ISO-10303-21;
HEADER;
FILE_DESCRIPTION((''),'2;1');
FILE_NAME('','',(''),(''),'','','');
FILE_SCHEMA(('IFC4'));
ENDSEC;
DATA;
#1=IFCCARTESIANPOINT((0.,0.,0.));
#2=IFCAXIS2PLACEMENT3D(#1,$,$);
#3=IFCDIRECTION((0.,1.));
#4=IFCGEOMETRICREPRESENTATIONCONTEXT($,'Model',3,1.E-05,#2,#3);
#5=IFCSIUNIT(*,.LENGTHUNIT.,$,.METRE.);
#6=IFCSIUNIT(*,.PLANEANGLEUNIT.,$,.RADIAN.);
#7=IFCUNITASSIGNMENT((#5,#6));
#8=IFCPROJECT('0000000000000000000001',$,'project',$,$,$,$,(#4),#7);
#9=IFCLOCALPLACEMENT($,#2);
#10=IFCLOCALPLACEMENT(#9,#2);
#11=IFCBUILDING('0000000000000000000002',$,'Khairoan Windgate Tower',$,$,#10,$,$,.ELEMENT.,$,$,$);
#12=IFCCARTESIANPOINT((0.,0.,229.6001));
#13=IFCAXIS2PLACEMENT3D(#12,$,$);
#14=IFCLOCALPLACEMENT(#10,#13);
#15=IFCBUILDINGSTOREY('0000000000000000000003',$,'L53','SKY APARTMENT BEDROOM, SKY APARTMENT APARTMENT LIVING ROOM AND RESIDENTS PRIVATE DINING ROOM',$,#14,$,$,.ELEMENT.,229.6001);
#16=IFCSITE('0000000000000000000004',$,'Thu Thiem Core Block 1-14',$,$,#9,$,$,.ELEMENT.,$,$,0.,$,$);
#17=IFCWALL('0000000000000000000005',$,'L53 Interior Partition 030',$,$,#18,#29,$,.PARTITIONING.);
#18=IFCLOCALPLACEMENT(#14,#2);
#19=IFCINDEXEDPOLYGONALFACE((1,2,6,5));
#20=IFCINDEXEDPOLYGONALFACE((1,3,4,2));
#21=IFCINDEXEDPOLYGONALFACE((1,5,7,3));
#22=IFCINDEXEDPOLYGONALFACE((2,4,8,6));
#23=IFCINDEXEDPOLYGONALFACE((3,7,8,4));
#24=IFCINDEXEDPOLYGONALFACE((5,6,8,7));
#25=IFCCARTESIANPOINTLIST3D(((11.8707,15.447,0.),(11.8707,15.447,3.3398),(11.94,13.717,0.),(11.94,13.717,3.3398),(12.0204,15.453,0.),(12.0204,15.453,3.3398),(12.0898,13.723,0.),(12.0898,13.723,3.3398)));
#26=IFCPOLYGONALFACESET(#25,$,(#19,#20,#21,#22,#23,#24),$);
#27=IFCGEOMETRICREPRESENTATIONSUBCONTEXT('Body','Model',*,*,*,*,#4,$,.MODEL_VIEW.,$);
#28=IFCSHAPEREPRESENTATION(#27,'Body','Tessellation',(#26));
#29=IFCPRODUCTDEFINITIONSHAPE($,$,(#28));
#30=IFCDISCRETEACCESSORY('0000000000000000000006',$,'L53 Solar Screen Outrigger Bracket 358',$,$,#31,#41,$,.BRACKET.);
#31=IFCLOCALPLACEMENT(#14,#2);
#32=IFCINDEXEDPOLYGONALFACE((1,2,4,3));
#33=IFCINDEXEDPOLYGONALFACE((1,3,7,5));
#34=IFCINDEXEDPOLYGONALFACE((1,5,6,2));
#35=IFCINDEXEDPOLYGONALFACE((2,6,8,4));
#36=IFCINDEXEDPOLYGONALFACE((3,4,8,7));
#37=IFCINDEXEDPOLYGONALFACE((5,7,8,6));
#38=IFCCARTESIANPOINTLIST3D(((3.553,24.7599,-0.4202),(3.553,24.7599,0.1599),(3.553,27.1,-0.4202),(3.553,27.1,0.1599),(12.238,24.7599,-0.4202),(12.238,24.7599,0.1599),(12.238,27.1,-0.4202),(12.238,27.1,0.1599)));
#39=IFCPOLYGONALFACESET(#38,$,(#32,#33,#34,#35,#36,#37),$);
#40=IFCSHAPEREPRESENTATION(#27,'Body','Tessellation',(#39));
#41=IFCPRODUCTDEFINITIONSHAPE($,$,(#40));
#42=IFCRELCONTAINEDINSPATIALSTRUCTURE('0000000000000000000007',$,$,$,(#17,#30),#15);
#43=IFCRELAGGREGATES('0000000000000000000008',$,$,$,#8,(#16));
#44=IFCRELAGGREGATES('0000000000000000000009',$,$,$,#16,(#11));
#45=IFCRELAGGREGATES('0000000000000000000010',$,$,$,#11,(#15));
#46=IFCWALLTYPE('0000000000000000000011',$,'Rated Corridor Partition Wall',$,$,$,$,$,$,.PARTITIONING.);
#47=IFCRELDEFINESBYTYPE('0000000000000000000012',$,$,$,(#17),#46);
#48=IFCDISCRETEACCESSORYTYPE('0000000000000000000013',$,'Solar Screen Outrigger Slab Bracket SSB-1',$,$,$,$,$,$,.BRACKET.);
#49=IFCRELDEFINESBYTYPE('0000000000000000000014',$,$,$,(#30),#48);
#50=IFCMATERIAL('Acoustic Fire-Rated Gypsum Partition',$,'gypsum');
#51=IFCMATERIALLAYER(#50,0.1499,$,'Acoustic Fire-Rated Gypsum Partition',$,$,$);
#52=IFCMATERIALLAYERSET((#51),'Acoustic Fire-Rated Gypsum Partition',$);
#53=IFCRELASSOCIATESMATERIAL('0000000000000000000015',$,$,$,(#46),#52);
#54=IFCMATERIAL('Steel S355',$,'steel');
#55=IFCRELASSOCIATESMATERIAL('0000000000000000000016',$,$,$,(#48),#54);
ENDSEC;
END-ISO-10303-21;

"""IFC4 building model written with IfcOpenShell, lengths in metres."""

from ifc_helpers import new_model, si_unit, direction, frame, frame_2d, origin, origin_2d, place, context, subcontext, project, spatial, rectangle, extrude, material, layer, layer_set, type_object, element, save


model = new_model("IFC4")

# Units and contexts
model_context = context("Model", 3, precision=1e-05, world=origin(), true_north=direction((0.0, 1.0)))
body_context = subcontext(model_context, "Body", "Model", "MODEL_VIEW")
ifc_project = project(units=[si_unit("LENGTHUNIT", "METRE"), si_unit("PLANEANGLEUNIT", "RADIAN")], contexts=[model_context])

# Site, building, storey
site_placement = place(None, origin())
site = spatial("IfcSite", under=ifc_project, at=site_placement, Name="Thu Thiem Core Block 1-14", CompositionType="ELEMENT", RefElevation=0.0)
building_placement = place(site_placement, origin())
building = spatial("IfcBuilding", under=site, at=building_placement, Name="Khairoan Windgate Tower", CompositionType="ELEMENT")
storey_placement = place(building_placement, frame((0.0, 0.0, 229.6001)))
storey = spatial("IfcBuildingStorey", under=building, at=storey_placement, Name="L53", Description="SKY APARTMENT BEDROOM, SKY APARTMENT APARTMENT LIVING ROOM AND RESIDENTS PRIVATE DINING ROOM", CompositionType="ELEMENT", Elevation=229.6001)

# Wall
ifc_material_1 = material(Name="Acoustic Fire-Rated Gypsum Partition", Category="gypsum")
ifc_layer_1 = layer(ifc_material_1, 0.1499, Name="Acoustic Fire-Rated Gypsum Partition")
ifc_layer_set_1 = layer_set([ifc_layer_1], Name="Acoustic Fire-Rated Gypsum Partition")
wall_type_1 = type_object("IfcWallType", Name="Rated Corridor Partition Wall", PredefinedType="PARTITIONING", material=ifc_layer_set_1)
wall_1_placement = place(storey_placement, frame((12.0149, 13.72, 0.0), z_axis=(0.0, 0.0, 1.0), x_axis=(-0.040047, 0.999198, 0.0)))
element("IfcWall", 1, at=wall_1_placement, inside=storey, type_object=wall_type_1, Name="L53 Interior Partition 030", PredefinedType="PARTITIONING", context=body_context, shape_type="SweptSolid", body=[
    extrude(rectangle(XDim=1.7314, YDim=0.1499, at=frame_2d((0.8657, 0.0))), origin(), (0.0, 0.0, 1.0), 3.3398),
])

# Discrete accessory
ifc_material_2 = material(Name="Steel S355", Category="steel")
discrete_accessory_type = type_object("IfcDiscreteAccessoryType", Name="Solar Screen Outrigger Slab Bracket SSB-1", PredefinedType="BRACKET", material=ifc_material_2)
discrete_accessory_placement = place(storey_placement, frame((7.8955, 25.9299, -0.4202), z_axis=(0.0, 0.0, 1.0), x_axis=(1.0, 0.0, 0.0)))
element("IfcDiscreteAccessory", 2, at=discrete_accessory_placement, inside=storey, type_object=discrete_accessory_type, Name="L53 Solar Screen Outrigger Bracket 358", PredefinedType="BRACKET", context=body_context, shape_type="SweptSolid", body=[
    extrude(rectangle(XDim=8.6851, YDim=2.3401, at=origin_2d()), origin(), (0.0, 0.0, 1.0), 0.5801),
])

save(model, "model.ifc")
